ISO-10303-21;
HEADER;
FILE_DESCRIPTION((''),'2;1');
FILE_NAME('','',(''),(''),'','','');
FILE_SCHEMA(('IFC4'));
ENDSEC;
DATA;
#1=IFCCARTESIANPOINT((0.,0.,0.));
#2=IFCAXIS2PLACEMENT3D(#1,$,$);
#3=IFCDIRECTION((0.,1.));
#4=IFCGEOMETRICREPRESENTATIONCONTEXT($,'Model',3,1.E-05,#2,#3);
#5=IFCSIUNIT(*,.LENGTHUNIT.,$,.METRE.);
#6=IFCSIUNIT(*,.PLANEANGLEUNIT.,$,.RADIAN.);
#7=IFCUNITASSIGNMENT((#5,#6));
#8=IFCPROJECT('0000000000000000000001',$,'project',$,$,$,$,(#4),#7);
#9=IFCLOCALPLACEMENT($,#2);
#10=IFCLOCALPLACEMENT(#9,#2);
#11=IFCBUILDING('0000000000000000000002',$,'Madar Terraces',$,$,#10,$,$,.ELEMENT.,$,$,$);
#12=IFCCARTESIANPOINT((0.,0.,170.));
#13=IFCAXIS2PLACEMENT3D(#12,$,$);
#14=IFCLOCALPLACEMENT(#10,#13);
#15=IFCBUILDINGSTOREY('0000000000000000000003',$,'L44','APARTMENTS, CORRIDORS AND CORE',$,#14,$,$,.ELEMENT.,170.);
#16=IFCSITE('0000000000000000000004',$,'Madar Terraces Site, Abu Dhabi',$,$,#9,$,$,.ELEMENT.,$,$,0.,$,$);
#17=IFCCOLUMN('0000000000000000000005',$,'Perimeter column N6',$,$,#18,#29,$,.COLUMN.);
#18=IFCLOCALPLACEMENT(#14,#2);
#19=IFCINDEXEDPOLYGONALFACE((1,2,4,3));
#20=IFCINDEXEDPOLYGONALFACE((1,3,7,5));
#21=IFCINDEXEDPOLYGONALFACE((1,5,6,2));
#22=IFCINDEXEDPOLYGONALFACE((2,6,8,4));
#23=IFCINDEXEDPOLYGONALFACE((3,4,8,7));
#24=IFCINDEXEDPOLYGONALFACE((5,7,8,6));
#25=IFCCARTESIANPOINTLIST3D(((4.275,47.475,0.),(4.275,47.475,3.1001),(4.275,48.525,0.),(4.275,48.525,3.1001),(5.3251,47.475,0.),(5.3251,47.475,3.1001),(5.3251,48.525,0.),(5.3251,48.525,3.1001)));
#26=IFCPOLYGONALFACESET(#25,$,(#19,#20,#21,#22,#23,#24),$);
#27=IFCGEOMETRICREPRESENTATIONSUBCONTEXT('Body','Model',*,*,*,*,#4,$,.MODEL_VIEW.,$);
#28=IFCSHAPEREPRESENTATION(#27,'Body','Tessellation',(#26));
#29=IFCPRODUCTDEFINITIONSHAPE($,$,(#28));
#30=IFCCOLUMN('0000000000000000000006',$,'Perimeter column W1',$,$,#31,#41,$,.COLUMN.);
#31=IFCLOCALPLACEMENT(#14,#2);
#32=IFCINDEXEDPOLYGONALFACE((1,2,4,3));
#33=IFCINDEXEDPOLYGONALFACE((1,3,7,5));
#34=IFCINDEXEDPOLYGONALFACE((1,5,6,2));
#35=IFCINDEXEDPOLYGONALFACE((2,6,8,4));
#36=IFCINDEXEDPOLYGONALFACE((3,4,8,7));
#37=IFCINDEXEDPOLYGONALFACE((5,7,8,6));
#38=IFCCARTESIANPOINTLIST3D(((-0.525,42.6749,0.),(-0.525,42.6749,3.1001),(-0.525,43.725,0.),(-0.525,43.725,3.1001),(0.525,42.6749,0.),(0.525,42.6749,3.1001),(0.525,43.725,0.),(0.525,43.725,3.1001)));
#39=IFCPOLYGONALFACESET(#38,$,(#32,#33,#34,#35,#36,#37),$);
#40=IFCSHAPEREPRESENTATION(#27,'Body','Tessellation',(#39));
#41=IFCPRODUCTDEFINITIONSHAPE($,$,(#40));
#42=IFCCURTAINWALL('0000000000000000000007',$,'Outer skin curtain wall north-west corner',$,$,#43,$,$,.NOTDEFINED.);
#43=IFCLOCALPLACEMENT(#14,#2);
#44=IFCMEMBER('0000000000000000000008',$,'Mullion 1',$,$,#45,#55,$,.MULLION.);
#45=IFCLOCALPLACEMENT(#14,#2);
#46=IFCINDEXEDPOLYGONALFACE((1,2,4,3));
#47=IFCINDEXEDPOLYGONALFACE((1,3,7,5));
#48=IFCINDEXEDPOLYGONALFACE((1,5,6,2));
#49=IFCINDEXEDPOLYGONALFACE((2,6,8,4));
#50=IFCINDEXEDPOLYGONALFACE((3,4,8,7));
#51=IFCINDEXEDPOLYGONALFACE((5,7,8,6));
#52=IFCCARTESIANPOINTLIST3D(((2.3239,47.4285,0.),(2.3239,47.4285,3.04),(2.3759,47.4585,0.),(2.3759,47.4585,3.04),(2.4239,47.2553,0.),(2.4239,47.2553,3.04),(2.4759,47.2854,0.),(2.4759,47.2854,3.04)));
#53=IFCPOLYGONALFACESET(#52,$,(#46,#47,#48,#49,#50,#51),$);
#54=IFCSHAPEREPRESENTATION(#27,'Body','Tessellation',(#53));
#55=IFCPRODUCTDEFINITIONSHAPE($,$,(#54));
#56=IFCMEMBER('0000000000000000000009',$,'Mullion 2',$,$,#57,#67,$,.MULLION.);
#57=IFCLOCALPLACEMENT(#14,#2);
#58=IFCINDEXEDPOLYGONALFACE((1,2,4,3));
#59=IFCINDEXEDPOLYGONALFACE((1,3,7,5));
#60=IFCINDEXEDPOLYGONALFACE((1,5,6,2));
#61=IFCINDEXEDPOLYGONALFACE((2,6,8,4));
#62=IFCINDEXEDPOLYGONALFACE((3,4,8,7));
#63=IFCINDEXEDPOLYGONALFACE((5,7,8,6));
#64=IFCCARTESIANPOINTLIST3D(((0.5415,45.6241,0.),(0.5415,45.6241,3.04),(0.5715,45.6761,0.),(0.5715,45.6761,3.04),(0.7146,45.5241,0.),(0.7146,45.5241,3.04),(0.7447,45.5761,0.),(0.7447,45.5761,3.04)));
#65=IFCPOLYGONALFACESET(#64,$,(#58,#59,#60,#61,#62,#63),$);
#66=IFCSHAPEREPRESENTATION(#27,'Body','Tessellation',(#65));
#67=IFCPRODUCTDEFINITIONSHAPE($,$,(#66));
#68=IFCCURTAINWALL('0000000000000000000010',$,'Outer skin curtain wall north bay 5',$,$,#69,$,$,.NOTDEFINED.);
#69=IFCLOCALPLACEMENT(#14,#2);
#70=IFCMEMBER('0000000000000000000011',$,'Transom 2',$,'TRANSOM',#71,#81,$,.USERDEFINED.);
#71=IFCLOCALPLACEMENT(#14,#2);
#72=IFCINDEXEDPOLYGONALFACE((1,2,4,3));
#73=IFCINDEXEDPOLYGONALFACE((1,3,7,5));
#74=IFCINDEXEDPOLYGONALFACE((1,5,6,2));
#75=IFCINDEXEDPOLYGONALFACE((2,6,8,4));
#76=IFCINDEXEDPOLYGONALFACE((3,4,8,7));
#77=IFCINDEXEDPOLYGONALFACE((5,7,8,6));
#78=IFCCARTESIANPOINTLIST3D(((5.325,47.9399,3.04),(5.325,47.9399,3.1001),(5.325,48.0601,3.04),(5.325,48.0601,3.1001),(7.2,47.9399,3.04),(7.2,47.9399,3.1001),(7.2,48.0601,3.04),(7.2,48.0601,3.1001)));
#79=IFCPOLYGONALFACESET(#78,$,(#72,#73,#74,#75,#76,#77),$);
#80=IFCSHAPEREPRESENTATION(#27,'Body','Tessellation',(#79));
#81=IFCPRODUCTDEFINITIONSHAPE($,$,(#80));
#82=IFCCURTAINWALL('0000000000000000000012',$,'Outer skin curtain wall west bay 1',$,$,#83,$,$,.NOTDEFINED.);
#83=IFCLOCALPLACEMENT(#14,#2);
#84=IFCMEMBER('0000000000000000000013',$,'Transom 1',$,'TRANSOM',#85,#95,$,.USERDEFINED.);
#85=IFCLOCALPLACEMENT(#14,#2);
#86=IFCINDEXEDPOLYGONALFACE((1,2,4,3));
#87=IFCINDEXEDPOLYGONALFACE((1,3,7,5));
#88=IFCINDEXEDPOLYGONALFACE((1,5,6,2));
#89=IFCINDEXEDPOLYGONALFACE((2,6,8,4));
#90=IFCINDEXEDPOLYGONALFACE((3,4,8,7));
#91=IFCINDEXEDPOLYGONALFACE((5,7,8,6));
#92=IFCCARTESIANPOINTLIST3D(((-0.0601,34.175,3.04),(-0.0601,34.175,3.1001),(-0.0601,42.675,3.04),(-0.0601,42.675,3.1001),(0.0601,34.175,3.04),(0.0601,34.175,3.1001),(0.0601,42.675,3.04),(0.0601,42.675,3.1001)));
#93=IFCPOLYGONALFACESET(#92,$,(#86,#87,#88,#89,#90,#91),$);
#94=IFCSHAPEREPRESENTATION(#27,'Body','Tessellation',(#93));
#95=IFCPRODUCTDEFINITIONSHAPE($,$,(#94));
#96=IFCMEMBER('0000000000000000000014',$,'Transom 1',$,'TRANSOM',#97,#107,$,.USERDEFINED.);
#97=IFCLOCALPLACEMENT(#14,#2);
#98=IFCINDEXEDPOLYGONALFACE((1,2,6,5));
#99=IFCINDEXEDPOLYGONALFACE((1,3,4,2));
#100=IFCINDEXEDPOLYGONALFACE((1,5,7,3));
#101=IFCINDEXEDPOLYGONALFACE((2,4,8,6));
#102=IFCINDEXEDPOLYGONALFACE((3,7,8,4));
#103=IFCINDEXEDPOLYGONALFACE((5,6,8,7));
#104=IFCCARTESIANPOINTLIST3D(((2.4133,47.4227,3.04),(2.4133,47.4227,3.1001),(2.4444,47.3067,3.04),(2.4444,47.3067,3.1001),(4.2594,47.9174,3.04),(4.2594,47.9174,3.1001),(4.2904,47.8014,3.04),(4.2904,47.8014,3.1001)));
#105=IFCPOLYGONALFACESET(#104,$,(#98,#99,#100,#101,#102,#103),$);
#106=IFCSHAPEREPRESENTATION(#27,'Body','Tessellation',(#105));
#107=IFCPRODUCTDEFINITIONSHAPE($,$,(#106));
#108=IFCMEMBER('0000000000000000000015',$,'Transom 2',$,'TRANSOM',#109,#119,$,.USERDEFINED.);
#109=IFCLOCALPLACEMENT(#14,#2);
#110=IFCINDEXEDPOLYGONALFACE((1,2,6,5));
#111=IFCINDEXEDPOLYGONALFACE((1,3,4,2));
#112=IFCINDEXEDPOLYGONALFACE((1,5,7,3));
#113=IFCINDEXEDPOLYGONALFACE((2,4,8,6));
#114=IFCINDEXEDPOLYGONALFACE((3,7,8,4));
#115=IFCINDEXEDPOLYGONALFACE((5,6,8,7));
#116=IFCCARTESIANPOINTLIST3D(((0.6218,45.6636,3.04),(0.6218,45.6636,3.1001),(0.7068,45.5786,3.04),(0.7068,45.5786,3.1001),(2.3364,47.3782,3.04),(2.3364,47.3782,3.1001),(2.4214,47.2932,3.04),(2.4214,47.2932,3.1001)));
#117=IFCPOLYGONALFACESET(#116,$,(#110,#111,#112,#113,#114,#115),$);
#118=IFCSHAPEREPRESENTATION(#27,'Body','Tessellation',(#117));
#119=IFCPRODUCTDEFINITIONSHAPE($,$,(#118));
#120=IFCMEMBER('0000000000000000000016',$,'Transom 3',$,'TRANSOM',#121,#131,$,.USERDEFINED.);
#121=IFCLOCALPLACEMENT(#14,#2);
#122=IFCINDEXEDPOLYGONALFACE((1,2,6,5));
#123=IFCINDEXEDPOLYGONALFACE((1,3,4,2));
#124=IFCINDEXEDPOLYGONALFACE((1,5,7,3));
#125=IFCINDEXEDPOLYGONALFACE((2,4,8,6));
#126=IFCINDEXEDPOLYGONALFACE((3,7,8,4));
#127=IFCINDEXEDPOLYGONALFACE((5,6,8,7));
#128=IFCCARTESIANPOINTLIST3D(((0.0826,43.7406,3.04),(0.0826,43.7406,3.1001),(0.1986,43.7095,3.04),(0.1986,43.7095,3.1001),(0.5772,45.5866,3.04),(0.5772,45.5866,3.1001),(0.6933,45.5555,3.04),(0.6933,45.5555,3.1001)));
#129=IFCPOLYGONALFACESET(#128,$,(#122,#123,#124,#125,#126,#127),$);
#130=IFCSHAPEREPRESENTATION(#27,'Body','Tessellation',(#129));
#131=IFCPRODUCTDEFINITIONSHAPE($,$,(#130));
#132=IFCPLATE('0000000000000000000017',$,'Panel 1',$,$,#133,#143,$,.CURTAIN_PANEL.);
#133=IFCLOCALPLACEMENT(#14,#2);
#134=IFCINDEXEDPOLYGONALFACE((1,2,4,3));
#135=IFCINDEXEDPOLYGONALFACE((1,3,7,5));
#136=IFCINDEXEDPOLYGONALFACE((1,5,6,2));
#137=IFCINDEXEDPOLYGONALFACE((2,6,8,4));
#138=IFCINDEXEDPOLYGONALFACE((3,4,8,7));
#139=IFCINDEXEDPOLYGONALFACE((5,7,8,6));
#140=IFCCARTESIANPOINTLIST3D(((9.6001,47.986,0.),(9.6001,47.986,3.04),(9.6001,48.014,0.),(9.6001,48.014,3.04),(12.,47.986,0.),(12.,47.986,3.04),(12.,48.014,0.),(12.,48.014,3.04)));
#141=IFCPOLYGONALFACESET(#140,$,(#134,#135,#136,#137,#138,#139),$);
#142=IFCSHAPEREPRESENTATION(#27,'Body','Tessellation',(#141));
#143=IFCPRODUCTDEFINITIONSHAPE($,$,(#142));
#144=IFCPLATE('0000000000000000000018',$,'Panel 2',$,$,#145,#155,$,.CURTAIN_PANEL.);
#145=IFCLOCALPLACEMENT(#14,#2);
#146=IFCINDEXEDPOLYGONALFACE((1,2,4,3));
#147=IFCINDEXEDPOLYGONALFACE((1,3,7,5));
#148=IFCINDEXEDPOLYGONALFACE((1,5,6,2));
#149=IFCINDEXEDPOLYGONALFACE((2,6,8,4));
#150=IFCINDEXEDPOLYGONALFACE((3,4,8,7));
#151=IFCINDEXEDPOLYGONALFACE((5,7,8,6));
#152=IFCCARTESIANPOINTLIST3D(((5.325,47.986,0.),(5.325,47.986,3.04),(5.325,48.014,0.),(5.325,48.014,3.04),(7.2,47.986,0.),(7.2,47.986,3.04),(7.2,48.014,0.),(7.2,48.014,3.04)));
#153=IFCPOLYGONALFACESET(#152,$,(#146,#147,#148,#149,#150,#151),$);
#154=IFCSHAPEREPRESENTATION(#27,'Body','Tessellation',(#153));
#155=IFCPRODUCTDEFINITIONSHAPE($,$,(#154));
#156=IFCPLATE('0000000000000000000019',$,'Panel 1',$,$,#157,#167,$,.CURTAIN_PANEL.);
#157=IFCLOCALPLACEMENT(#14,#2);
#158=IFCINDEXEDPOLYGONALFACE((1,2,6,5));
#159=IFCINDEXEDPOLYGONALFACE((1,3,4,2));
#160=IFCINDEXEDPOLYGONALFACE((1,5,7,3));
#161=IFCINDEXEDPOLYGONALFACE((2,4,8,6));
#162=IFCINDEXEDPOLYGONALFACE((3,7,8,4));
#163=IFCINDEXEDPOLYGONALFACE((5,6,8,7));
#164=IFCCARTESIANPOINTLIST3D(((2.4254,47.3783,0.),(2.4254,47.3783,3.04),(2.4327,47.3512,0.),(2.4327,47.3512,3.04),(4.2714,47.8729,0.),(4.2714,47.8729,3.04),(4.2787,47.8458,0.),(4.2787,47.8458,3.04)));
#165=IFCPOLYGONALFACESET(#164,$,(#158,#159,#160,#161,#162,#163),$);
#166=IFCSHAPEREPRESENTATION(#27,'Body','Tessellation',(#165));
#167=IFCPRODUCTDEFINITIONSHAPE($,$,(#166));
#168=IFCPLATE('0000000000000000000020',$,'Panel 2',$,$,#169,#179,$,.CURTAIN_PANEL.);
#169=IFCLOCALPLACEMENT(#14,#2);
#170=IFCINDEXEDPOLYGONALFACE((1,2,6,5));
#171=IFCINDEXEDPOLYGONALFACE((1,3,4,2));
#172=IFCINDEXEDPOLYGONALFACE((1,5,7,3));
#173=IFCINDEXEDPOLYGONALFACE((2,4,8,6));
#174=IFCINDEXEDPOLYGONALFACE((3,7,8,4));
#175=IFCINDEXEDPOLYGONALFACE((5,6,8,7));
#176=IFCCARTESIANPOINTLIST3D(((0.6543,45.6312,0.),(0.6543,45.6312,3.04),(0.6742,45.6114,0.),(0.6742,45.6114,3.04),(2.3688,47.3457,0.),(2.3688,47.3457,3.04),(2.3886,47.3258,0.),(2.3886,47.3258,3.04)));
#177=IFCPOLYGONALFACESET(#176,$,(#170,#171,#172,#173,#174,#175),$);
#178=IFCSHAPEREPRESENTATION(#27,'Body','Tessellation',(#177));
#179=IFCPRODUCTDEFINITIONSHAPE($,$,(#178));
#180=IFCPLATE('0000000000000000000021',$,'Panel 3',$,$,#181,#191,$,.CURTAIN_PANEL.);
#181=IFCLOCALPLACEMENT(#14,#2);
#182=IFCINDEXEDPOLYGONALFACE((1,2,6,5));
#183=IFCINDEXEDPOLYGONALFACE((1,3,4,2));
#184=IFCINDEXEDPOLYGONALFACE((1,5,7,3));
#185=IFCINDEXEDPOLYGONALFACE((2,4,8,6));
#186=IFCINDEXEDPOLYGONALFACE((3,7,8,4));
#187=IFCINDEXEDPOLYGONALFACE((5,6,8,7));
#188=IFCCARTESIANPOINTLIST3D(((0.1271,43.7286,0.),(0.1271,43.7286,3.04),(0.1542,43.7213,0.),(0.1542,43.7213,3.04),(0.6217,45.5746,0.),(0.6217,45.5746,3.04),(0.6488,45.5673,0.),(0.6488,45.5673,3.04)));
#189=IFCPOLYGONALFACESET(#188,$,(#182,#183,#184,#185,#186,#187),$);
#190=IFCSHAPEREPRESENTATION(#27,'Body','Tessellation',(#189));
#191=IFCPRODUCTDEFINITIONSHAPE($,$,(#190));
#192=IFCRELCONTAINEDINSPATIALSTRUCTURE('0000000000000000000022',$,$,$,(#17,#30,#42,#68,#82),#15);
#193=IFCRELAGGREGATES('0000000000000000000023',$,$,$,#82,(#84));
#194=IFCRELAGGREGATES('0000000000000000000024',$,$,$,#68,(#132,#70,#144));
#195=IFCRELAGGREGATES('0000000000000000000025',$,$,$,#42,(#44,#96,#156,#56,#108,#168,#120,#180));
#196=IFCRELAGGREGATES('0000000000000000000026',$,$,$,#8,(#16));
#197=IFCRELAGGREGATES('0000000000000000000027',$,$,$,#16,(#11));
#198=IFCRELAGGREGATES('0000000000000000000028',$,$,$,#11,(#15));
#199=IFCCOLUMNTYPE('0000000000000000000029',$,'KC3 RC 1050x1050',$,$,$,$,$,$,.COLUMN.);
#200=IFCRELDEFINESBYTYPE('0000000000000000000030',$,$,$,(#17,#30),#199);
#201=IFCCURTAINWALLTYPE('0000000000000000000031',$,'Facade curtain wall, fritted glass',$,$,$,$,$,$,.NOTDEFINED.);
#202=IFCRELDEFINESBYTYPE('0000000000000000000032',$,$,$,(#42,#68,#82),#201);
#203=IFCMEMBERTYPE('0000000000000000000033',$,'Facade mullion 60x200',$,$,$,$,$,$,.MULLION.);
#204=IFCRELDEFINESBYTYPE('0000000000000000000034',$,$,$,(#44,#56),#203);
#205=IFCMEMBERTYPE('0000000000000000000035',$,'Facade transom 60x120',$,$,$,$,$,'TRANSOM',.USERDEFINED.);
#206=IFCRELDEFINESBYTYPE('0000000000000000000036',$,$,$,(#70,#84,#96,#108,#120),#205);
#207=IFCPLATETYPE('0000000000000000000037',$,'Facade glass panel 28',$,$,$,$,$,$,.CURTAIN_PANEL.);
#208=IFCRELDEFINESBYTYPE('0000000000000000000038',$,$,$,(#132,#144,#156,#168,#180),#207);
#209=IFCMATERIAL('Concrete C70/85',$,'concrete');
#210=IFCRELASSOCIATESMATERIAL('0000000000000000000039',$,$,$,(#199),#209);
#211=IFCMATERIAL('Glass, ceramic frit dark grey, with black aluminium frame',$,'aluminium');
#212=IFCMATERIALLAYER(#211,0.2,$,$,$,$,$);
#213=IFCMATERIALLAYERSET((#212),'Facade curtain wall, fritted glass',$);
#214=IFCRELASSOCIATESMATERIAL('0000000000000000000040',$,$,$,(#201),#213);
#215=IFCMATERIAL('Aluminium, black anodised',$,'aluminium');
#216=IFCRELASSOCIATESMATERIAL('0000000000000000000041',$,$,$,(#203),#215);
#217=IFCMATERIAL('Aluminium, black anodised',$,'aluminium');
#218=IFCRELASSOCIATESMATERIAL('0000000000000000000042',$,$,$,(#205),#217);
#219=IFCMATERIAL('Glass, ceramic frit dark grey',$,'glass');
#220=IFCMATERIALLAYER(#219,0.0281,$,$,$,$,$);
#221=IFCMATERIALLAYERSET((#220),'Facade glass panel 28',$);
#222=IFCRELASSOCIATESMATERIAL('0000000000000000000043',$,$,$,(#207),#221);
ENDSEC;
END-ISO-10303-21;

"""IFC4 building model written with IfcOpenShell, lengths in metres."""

from ifc_helpers import new_model, si_unit, direction, frame, origin, origin_2d, place, context, subcontext, project, spatial, rectangle, extrude, material, layer, layer_set, material_profile, profile_set, type_object, element, aggregate, save


model = new_model("IFC4")

# Units and contexts
model_context = context("Model", 3, precision=1e-05, world=origin(), true_north=direction((0.0, 1.0)))
body_context = subcontext(model_context, "Body", "Model", "MODEL_VIEW")
ifc_project = project(units=[si_unit("LENGTHUNIT", "METRE"), si_unit("PLANEANGLEUNIT", "RADIAN")], contexts=[model_context])

# Site, building, storey
site_placement = place(None, origin())
site = spatial("IfcSite", under=ifc_project, at=site_placement, Name="Madar Terraces Site, Abu Dhabi", CompositionType="ELEMENT", RefElevation=0.0)
building_placement = place(site_placement, origin())
building = spatial("IfcBuilding", under=site, at=building_placement, Name="Madar Terraces", CompositionType="ELEMENT")
storey_placement = place(building_placement, frame((0.0, 0.0, 170.0)))
storey = spatial("IfcBuildingStorey", under=building, at=storey_placement, Name="L44", Description="APARTMENTS, CORRIDORS AND CORE", CompositionType="ELEMENT", Elevation=170.0)

# Columns
ifc_material_1 = material(Name="Concrete C70/85", Category="concrete")
ifc_material_profile_1 = material_profile(ifc_material_1, rectangle(XDim=1.05, YDim=1.05, at=origin_2d()), Name="KC3 RC 1050x1050")
ifc_profile_set_1 = profile_set([ifc_material_profile_1], Name="Concrete C70/85")
column_type = type_object("IfcColumnType", Name="KC3 RC 1050x1050", PredefinedType="COLUMN", material=ifc_profile_set_1)
for number, where, z_axis, x_axis, name in (
    (1, (4.8, 48.0, 0.0), (0.0, 0.0, 1.0), (1.0, 0.0, 0.0), "Perimeter column N6"),
    (2, (0.0, 43.2, 0.0), (0.0, 0.0, 1.0), (1.0, 0.0, 0.0), "Perimeter column W1"),
):
    element("IfcColumn", number, at=place(storey_placement, frame(where, z_axis=z_axis, x_axis=x_axis)), inside=storey, type_object=column_type, Name=name, PredefinedType="COLUMN", context=body_context, shape_type="SweptSolid", body=[
        extrude(rectangle(XDim=1.05, YDim=1.05, at=origin_2d()), origin(), (0.0, 0.0, 1.0), 3.1001),
    ])

# Curtain wall, members
ifc_material_2 = material(Name="Glass, ceramic frit dark grey, with black aluminium frame", Category="aluminium")
ifc_layer_1 = layer(ifc_material_2, 0.2)
ifc_layer_set_1 = layer_set([ifc_layer_1], Name="Facade curtain wall, fritted glass")
curtain_wall_type = type_object("IfcCurtainWallType", Name="Facade curtain wall, fritted glass", PredefinedType="NOTDEFINED", material=ifc_layer_set_1)
curtain_wall_1_placement = place(storey_placement, origin())
curtain_wall_1 = element("IfcCurtainWall", 3, at=curtain_wall_1_placement, inside=storey, type_object=curtain_wall_type, Name="Outer skin curtain wall north-west corner", PredefinedType="NOTDEFINED")
ifc_material_3 = material(Name="Aluminium, black anodised", Category="aluminium")
ifc_material_profile_2 = material_profile(ifc_material_3, rectangle(XDim=0.2, YDim=0.0601, at=origin_2d()), Name="Facade mullion 60x200")
ifc_profile_set_2 = profile_set([ifc_material_profile_2], Name="Aluminium, black anodised")
member_type_1 = type_object("IfcMemberType", Name="Facade mullion 60x200", PredefinedType="MULLION", material=ifc_profile_set_2)
member_1_placement = place(storey_placement, frame((2.3999, 47.3569, 0.0), z_axis=(0.0, 0.0, 1.0), x_axis=(0.5, -0.866025, 0.0)))
member_1 = element("IfcMember", 4, at=member_1_placement, type_object=member_type_1, Name="Mullion 1", PredefinedType="MULLION", context=body_context, shape_type="SweptSolid", body=[
    extrude(rectangle(XDim=0.2, YDim=0.0601, at=origin_2d()), origin(), (0.0, 0.0, 1.0), 3.04),
])
member_2_placement = place(storey_placement, frame((0.6431, 45.6001, 0.0), z_axis=(0.0, 0.0, 1.0), x_axis=(0.866025, -0.5, 0.0)))
member_2 = element("IfcMember", 5, at=member_2_placement, type_object=member_type_1, Name="Mullion 2", PredefinedType="MULLION", context=body_context, shape_type="SweptSolid", body=[
    extrude(rectangle(XDim=0.2, YDim=0.0601, at=origin_2d()), origin(), (0.0, 0.0, 1.0), 3.04),
])

# Curtain walls, members
curtain_wall_2_placement = place(storey_placement, origin())
curtain_wall_2 = element("IfcCurtainWall", 6, at=curtain_wall_2_placement, inside=storey, type_object=curtain_wall_type, Name="Outer skin curtain wall north bay 5", PredefinedType="NOTDEFINED")
ifc_material_4 = material(Name="Aluminium, black anodised", Category="aluminium")
ifc_material_profile_3 = material_profile(ifc_material_4, rectangle(XDim=0.1201, YDim=0.0601, at=origin_2d()), Name="Facade transom 60x120")
ifc_profile_set_3 = profile_set([ifc_material_profile_3], Name="Aluminium, black anodised")
member_type_2 = type_object("IfcMemberType", Name="Facade transom 60x120", ElementType="TRANSOM", PredefinedType="USERDEFINED", material=ifc_profile_set_3)
member_3_placement = place(storey_placement, frame((7.2, 48.0, 3.0701), z_axis=(-1.0, 0.0, 0.0), x_axis=(0.0, -1.0, 0.0)))
member_3 = element("IfcMember", 7, at=member_3_placement, type_object=member_type_2, Name="Transom 2", ObjectType="TRANSOM", PredefinedType="USERDEFINED", context=body_context, shape_type="SweptSolid", body=[
    extrude(rectangle(XDim=0.1201, YDim=0.0601, at=origin_2d()), origin(), (0.0, 0.0, 1.0), 1.875),
])
curtain_wall_3_placement = place(storey_placement, origin())
curtain_wall_3 = element("IfcCurtainWall", 8, at=curtain_wall_3_placement, inside=storey, type_object=curtain_wall_type, Name="Outer skin curtain wall west bay 1", PredefinedType="NOTDEFINED")
member_4_placement = place(storey_placement, frame((0.0, 42.675, 3.0701), z_axis=(0.0, -1.0, 0.0), x_axis=(1.0, 0.0, 0.0)))
member_4 = element("IfcMember", 9, at=member_4_placement, type_object=member_type_2, Name="Transom 1", ObjectType="TRANSOM", PredefinedType="USERDEFINED", context=body_context, shape_type="SweptSolid", body=[
    extrude(rectangle(XDim=0.1201, YDim=0.0601, at=origin_2d()), origin(), (0.0, 0.0, 1.0), 8.5),
])
aggregate(curtain_wall_3, [member_4])

# Members
member_5_placement = place(storey_placement, frame((4.2749, 47.8594, 3.0701), z_axis=(-0.965925, -0.258823, 0.0), x_axis=(0.258823, -0.965925, 0.0)))
member_5 = element("IfcMember", 10, at=member_5_placement, type_object=member_type_2, Name="Transom 1", ObjectType="TRANSOM", PredefinedType="USERDEFINED", context=body_context, shape_type="SweptSolid", body=[
    extrude(rectangle(XDim=0.1201, YDim=0.0601, at=origin_2d()), origin(), (0.0, 0.0, 1.0), 1.9111),
])
member_6_placement = place(storey_placement, frame((2.3789, 47.3357, 3.0701), z_axis=(-0.707107, -0.707107, 0.0), x_axis=(0.707107, -0.707107, 0.0)))
member_6 = element("IfcMember", 11, at=member_6_placement, type_object=member_type_2, Name="Transom 2", ObjectType="TRANSOM", PredefinedType="USERDEFINED", context=body_context, shape_type="SweptSolid", body=[
    extrude(rectangle(XDim=0.1201, YDim=0.0601, at=origin_2d()), origin(), (0.0, 0.0, 1.0), 2.4248),
])
member_7_placement = place(storey_placement, frame((0.6353, 45.571, 3.0701), z_axis=(-0.258823, -0.965925, 0.0), x_axis=(0.965925, -0.258823, 0.0)))
member_7 = element("IfcMember", 12, at=member_7_placement, type_object=member_type_2, Name="Transom 3", ObjectType="TRANSOM", PredefinedType="USERDEFINED", context=body_context, shape_type="SweptSolid", body=[
    extrude(rectangle(XDim=0.1201, YDim=0.0601, at=origin_2d()), origin(), (0.0, 0.0, 1.0), 1.9111),
])

# Plates
ifc_material_5 = material(Name="Glass, ceramic frit dark grey", Category="glass")
ifc_layer_2 = layer(ifc_material_5, 0.0281)
ifc_layer_set_2 = layer_set([ifc_layer_2], Name="Facade glass panel 28")
plate_type = type_object("IfcPlateType", Name="Facade glass panel 28", PredefinedType="CURTAIN_PANEL", material=ifc_layer_set_2)
plate_1_placement = place(storey_placement, frame((10.8, 48.0, 0.0), z_axis=(0.0, 0.0, 1.0), x_axis=(-1.0, 0.0, 0.0)))
plate_1 = element("IfcPlate", 13, at=plate_1_placement, type_object=plate_type, Name="Panel 1", PredefinedType="CURTAIN_PANEL", context=body_context, shape_type="SweptSolid", body=[
    extrude(rectangle(XDim=2.3999, YDim=0.0281, at=origin_2d()), origin(), (0.0, 0.0, 1.0), 3.04),
])
plate_2_placement = place(storey_placement, frame((6.2625, 48.0, 0.0), z_axis=(0.0, 0.0, 1.0), x_axis=(-1.0, 0.0, 0.0)))
plate_2 = element("IfcPlate", 14, at=plate_2_placement, type_object=plate_type, Name="Panel 2", PredefinedType="CURTAIN_PANEL", context=body_context, shape_type="SweptSolid", body=[
    extrude(rectangle(XDim=1.875, YDim=0.0281, at=origin_2d()), origin(), (0.0, 0.0, 1.0), 3.04),
])
aggregate(curtain_wall_2, [plate_1, member_3, plate_2])
plate_3_placement = place(storey_placement, frame((3.3521, 47.6121, 0.0), z_axis=(0.0, 0.0, 1.0), x_axis=(-0.965926, -0.258819, 0.0)))
plate_3 = element("IfcPlate", 15, at=plate_3_placement, type_object=plate_type, Name="Panel 1", PredefinedType="CURTAIN_PANEL", context=body_context, shape_type="SweptSolid", body=[
    extrude(rectangle(XDim=1.9111, YDim=0.0281, at=origin_2d()), origin(), (0.0, 0.0, 1.0), 3.04),
])
plate_4_placement = place(storey_placement, frame((1.5215, 46.4785, 0.0), z_axis=(0.0, 0.0, 1.0), x_axis=(-0.707107, -0.707107, 0.0)))
plate_4 = element("IfcPlate", 16, at=plate_4_placement, type_object=plate_type, Name="Panel 2", PredefinedType="CURTAIN_PANEL", context=body_context, shape_type="SweptSolid", body=[
    extrude(rectangle(XDim=2.4246, YDim=0.0281, at=origin_2d()), origin(), (0.0, 0.0, 1.0), 3.04),
])
plate_5_placement = place(storey_placement, frame((0.3879, 44.6479, 0.0), z_axis=(0.0, 0.0, 1.0), x_axis=(-0.258819, -0.965926, 0.0)))
plate_5 = element("IfcPlate", 17, at=plate_5_placement, type_object=plate_type, Name="Panel 3", PredefinedType="CURTAIN_PANEL", context=body_context, shape_type="SweptSolid", body=[
    extrude(rectangle(XDim=1.9111, YDim=0.0281, at=origin_2d()), origin(), (0.0, 0.0, 1.0), 3.04),
])
aggregate(curtain_wall_1, [member_1, member_5, plate_3, member_2, member_6, plate_4, member_7, plate_5])

save(model, "model.ifc")
